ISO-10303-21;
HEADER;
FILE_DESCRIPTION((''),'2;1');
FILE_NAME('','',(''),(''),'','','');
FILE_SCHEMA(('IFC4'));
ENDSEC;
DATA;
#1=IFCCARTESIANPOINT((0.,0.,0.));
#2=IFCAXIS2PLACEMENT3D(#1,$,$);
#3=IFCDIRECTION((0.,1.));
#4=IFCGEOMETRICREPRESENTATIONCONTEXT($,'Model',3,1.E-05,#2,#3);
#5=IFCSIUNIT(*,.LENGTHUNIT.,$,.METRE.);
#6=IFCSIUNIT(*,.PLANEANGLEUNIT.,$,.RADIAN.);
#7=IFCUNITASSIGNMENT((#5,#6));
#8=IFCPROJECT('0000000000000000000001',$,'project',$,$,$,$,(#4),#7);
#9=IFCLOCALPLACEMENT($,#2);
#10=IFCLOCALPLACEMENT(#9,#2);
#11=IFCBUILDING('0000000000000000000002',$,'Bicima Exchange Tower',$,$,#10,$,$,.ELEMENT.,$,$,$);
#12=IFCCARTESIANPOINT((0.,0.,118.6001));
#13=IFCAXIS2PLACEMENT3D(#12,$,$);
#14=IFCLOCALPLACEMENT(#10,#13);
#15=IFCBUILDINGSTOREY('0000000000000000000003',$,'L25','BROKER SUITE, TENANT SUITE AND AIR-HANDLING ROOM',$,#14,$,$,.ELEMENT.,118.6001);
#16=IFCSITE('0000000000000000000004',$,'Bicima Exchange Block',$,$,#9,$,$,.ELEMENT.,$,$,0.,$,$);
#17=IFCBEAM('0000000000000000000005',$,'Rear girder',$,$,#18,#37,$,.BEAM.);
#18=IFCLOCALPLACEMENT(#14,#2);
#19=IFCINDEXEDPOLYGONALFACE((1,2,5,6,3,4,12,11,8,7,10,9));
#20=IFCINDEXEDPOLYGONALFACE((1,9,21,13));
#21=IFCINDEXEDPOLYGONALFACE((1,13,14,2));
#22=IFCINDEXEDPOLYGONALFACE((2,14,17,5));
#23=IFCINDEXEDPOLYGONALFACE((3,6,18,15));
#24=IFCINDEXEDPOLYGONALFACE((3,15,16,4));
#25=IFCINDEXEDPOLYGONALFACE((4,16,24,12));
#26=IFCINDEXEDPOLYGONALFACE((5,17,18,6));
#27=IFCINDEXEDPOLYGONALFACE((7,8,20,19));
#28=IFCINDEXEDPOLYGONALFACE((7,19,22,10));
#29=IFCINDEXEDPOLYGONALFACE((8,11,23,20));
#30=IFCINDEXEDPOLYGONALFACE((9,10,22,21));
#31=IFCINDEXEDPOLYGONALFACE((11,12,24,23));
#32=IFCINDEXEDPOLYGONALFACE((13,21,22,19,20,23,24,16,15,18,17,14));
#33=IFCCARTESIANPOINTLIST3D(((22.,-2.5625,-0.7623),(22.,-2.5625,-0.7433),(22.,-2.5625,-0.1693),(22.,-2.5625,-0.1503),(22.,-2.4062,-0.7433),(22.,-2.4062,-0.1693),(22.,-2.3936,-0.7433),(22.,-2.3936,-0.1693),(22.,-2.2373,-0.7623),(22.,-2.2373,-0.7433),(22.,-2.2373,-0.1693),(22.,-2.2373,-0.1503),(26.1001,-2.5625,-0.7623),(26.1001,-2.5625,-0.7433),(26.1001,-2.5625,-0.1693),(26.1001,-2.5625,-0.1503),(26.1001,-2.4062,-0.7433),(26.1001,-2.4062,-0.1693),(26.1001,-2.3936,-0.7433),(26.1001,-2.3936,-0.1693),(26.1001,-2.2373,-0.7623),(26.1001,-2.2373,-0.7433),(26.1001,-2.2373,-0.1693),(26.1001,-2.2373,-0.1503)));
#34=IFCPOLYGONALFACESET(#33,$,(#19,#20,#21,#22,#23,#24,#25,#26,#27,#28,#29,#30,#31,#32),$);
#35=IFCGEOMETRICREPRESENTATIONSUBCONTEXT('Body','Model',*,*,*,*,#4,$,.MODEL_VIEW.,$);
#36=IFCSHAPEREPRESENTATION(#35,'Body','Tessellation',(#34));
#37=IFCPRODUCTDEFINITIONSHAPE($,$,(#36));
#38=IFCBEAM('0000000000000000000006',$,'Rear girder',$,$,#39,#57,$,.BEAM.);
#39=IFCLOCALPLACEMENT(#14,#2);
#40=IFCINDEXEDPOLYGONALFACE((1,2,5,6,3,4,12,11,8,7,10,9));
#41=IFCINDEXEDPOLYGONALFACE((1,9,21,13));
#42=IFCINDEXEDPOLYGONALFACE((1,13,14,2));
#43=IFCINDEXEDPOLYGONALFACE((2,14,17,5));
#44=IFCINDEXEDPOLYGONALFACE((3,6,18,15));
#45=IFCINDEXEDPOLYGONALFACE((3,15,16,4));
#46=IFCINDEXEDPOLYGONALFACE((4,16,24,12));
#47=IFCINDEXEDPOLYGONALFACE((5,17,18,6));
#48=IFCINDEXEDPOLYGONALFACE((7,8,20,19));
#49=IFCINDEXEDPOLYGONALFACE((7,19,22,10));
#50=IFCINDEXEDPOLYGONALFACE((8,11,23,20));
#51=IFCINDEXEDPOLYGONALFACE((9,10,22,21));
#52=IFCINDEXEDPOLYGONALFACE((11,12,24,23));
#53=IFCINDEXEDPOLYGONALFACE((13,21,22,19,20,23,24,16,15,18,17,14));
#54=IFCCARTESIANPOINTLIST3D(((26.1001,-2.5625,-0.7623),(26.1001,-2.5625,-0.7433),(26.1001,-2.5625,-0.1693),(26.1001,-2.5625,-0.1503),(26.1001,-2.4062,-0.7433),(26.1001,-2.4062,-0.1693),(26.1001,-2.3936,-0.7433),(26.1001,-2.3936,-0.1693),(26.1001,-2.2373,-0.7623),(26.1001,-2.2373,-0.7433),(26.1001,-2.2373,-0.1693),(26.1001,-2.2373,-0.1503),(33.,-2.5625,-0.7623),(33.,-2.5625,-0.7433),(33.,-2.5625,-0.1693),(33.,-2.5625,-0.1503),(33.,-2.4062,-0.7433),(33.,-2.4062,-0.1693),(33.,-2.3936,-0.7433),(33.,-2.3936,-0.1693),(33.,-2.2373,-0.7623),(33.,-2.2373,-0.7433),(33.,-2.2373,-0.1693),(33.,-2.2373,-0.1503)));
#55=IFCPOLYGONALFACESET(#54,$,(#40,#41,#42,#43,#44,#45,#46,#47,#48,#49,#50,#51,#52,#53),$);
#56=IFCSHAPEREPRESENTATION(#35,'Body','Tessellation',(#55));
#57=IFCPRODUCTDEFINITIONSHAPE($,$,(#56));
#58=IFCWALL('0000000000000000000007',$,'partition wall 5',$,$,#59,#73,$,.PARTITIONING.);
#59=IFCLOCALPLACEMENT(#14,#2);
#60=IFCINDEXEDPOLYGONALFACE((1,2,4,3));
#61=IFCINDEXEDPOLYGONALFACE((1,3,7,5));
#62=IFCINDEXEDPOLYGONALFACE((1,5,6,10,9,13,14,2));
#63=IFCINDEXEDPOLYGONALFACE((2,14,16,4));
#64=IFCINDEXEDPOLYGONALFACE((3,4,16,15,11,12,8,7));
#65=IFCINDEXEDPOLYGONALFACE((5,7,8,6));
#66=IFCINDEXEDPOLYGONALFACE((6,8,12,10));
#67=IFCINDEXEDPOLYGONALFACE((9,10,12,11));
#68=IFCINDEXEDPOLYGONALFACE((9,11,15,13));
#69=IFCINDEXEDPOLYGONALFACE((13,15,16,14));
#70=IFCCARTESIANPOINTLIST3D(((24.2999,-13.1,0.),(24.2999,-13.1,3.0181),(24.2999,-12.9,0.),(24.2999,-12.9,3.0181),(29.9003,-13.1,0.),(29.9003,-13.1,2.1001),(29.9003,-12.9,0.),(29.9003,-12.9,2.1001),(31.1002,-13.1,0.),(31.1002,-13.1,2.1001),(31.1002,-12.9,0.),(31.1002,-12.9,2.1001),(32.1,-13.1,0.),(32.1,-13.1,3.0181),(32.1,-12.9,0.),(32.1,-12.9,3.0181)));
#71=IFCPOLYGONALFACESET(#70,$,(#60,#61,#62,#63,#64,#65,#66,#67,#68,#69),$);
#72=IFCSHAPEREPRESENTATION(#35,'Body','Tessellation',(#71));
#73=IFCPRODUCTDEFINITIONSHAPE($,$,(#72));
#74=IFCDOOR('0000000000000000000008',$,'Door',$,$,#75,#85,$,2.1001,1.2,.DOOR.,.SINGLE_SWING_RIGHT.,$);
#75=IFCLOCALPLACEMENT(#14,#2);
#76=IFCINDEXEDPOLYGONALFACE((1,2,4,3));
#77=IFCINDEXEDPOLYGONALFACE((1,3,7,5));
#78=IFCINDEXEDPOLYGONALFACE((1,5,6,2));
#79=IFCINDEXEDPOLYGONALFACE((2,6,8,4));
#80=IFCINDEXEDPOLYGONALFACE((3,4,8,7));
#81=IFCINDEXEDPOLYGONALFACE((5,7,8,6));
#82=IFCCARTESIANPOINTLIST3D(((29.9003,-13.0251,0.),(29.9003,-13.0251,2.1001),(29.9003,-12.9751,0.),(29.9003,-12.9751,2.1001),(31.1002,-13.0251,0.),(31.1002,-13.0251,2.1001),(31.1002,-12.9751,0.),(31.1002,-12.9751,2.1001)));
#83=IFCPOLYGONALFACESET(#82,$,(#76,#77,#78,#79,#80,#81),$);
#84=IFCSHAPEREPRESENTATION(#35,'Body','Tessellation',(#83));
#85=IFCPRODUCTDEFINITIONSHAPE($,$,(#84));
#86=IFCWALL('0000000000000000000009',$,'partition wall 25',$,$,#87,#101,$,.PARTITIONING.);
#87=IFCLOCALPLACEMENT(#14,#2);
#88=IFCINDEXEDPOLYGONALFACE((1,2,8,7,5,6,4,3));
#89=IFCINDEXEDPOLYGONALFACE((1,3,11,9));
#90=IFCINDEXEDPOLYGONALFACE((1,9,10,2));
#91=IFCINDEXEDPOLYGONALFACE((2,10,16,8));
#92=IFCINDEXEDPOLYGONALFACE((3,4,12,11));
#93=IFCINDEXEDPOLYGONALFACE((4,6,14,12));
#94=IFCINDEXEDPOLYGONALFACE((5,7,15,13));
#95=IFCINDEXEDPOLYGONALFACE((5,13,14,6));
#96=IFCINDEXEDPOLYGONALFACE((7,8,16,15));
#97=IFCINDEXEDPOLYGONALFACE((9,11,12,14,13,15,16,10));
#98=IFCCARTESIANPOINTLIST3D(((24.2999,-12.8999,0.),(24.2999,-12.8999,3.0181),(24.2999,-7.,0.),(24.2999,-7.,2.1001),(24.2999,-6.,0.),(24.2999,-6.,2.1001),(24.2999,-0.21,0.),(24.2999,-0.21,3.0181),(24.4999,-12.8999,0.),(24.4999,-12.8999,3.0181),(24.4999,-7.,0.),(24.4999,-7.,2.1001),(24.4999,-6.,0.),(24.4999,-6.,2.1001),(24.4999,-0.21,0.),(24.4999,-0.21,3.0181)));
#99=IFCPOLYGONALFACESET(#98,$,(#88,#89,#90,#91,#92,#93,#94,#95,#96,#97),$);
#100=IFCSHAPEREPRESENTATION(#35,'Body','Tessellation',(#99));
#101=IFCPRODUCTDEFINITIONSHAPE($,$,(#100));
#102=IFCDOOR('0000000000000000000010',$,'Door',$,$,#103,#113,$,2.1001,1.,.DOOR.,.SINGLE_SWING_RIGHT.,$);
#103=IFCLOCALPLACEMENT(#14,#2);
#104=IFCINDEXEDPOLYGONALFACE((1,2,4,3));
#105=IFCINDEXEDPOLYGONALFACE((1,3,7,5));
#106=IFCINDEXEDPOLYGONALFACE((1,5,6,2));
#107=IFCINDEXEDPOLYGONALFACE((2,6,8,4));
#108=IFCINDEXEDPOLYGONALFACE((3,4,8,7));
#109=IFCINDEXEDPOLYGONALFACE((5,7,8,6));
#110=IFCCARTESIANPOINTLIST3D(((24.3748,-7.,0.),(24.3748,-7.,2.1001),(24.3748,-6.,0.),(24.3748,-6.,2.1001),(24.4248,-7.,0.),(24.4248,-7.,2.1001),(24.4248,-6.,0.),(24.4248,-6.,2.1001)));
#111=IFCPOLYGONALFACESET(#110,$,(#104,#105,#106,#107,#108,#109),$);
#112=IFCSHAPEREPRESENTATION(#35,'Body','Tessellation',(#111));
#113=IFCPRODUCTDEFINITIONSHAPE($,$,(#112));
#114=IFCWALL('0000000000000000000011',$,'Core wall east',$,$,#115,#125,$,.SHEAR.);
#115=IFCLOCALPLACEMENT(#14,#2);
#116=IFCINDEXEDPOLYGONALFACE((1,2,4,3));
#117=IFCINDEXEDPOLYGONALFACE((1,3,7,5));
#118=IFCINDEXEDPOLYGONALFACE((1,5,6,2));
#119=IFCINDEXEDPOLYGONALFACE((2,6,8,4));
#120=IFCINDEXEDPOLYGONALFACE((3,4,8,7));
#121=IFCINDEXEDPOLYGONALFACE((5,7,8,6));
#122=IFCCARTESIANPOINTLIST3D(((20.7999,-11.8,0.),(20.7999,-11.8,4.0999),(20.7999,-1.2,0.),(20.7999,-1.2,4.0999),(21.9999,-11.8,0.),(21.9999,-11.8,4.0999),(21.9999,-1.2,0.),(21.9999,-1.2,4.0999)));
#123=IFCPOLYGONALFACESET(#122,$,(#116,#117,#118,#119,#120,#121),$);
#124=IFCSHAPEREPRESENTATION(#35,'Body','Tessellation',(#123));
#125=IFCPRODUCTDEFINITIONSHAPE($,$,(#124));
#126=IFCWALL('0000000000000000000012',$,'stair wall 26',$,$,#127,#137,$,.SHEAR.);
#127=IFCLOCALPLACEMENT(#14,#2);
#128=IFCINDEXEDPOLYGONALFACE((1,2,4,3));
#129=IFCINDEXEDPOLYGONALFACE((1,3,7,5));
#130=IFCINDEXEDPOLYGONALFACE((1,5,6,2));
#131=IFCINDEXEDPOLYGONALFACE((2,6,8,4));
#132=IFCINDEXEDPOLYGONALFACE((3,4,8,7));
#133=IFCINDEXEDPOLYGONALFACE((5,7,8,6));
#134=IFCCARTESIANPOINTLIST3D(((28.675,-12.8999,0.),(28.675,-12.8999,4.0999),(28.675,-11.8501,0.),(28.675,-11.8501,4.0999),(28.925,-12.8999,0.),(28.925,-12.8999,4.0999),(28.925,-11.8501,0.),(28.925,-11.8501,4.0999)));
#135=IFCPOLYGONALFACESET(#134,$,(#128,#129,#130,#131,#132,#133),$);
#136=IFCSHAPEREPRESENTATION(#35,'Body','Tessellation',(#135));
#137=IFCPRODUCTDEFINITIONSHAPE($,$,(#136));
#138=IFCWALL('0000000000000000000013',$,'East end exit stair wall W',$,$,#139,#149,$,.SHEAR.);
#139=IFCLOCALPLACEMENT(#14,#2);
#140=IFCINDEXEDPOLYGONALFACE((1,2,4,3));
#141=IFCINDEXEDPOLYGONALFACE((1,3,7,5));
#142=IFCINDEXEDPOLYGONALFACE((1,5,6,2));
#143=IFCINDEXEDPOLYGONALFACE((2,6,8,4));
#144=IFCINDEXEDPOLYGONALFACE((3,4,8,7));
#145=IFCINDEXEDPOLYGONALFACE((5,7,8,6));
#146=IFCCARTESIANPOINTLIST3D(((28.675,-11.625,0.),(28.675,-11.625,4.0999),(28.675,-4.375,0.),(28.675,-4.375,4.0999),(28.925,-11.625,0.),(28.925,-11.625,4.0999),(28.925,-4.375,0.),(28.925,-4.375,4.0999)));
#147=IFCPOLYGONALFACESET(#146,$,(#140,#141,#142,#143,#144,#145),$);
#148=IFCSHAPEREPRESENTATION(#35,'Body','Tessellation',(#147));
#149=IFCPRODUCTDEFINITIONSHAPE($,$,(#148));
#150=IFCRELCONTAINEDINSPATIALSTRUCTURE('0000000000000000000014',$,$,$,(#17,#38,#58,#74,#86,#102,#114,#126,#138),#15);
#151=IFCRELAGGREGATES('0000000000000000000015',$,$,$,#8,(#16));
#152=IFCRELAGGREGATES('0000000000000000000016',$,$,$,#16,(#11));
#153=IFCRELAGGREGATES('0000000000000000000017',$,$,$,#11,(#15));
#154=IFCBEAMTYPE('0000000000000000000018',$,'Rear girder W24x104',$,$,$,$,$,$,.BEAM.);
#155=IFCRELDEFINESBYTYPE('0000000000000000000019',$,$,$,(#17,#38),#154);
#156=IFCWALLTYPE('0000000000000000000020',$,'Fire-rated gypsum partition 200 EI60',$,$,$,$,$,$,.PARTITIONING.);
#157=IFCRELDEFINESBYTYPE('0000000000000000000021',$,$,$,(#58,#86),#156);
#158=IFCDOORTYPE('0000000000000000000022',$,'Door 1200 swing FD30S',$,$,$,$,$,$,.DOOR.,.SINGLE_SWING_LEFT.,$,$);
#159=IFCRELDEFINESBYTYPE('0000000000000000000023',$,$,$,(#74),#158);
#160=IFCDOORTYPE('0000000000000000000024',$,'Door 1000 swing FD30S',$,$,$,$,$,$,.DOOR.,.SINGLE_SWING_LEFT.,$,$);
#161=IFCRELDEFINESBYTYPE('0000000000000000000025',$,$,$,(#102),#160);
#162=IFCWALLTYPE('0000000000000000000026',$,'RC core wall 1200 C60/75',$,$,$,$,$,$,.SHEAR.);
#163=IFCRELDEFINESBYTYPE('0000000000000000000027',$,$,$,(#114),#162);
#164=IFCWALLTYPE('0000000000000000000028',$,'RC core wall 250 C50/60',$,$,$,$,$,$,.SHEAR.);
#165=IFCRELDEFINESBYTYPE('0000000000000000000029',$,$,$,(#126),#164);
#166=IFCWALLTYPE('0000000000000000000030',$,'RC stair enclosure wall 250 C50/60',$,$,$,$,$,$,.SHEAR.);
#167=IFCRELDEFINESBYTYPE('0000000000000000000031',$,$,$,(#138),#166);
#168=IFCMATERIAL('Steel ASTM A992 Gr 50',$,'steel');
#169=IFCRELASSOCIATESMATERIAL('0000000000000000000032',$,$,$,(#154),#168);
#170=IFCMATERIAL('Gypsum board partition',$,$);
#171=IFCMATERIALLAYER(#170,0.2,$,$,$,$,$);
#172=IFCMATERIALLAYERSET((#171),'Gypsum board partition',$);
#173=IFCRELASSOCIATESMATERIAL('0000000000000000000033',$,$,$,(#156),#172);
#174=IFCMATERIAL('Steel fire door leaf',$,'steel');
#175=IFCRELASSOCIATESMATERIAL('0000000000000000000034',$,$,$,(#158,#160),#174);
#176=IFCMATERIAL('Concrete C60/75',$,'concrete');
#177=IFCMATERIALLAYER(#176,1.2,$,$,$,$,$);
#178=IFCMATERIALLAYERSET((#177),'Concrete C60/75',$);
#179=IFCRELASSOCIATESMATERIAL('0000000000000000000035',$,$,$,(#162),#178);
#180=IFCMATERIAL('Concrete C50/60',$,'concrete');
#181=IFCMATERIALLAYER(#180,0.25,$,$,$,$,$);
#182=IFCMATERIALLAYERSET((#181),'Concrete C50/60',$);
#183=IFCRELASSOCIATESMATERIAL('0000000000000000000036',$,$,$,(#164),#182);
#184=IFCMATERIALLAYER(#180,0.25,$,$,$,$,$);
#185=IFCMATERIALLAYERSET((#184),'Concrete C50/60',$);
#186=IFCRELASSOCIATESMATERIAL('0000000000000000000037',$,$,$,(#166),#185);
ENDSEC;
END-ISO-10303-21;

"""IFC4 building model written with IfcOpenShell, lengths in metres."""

from ifc_helpers import new_model, si_unit, direction, frame, frame_2d, origin, origin_2d, place, context, subcontext, project, spatial, rectangle, i_section, extrude, material, layer, layer_set, material_profile, profile_set, type_object, element, fill, save


model = new_model("IFC4")

# Units and contexts
model_context = context("Model", 3, precision=1e-05, world=origin(), true_north=direction((0.0, 1.0)))
body_context = subcontext(model_context, "Body", "Model", "MODEL_VIEW")
ifc_project = project(units=[si_unit("LENGTHUNIT", "METRE"), si_unit("PLANEANGLEUNIT", "RADIAN")], contexts=[model_context])

# Site, building, storey
site_placement = place(None, origin())
site = spatial("IfcSite", under=ifc_project, at=site_placement, Name="Bicima Exchange Block", CompositionType="ELEMENT", RefElevation=0.0)
building_placement = place(site_placement, origin())
building = spatial("IfcBuilding", under=site, at=building_placement, Name="Bicima Exchange Tower", CompositionType="ELEMENT")
storey_placement = place(building_placement, frame((0.0, 0.0, 118.6001)))
storey = spatial("IfcBuildingStorey", under=building, at=storey_placement, Name="L25", Description="BROKER SUITE, TENANT SUITE AND AIR-HANDLING ROOM", CompositionType="ELEMENT", Elevation=118.6001)

# Shared definitions
ifc_material_1 = material(Name="Steel ASTM A992 Gr 50", Category="steel")

# Beams
ifc_material_profile_1 = material_profile(ifc_material_1, i_section(OverallWidth=0.3252, OverallDepth=0.6121, WebThickness=0.0127, FlangeThickness=0.019, at=origin_2d()))
ifc_profile_set_1 = profile_set([ifc_material_profile_1], Name="Steel ASTM A992 Gr 50")
beam_type_1 = type_object("IfcBeamType", Name="Rear girder W24x104", PredefinedType="BEAM", material=ifc_profile_set_1)
beam_1_placement = place(storey_placement, frame((22.0, -2.3999, -0.4563), z_axis=(1.0, 0.0, 0.0), x_axis=(0.0, 1.0, 0.0)))
element("IfcBeam", 1, at=beam_1_placement, inside=storey, type_object=beam_type_1, Name="Rear girder", PredefinedType="BEAM", context=body_context, shape_type="SweptSolid", body=[
    extrude(i_section(OverallWidth=0.3252, OverallDepth=0.6121, WebThickness=0.0127, FlangeThickness=0.019, at=origin_2d()), origin(), (0.0, 0.0, 1.0), 4.1001),
])
beam_2_placement = place(storey_placement, frame((26.1001, -2.3999, -0.4563), z_axis=(1.0, 0.0, 0.0), x_axis=(0.0, 1.0, 0.0)))
element("IfcBeam", 2, at=beam_2_placement, inside=storey, type_object=beam_type_1, Name="Rear girder", PredefinedType="BEAM", context=body_context, shape_type="SweptSolid", body=[
    extrude(i_section(OverallWidth=0.3252, OverallDepth=0.6121, WebThickness=0.0127, FlangeThickness=0.019, at=origin_2d()), origin(), (0.0, 0.0, 1.0), 6.8999),
])

# Walls, openings, doors
ifc_material_2 = material(Name="Gypsum board partition")
ifc_layer_1 = layer(ifc_material_2, 0.2)
ifc_layer_set_1 = layer_set([ifc_layer_1], Name="Gypsum board partition")
wall_type_1 = type_object("IfcWallType", Name="Fire-rated gypsum partition 200 EI60", PredefinedType="PARTITIONING", material=ifc_layer_set_1)
wall_1_placement = place(storey_placement, frame((24.3, -13.0, 0.0), z_axis=(0.0, 0.0, 1.0), x_axis=(1.0, 0.0, 0.0)))
wall_1 = element("IfcWall", 3, at=wall_1_placement, inside=storey, type_object=wall_type_1, Name="partition wall 5", PredefinedType="PARTITIONING", context=body_context, shape_type="SweptSolid", body=[
    extrude(rectangle(XDim=7.8, YDim=0.2, at=frame_2d((3.8999, 0.0))), origin(), (0.0, 0.0, 1.0), 3.0181),
])
opening_1_placement = place(wall_1_placement, frame((5.6001, 0.0, 0.0)))
opening_1 = element("IfcOpeningElement", 4, at=opening_1_placement, cuts=wall_1, PredefinedType="OPENING", context=body_context, shape_type="SweptSolid", body=[
    extrude(rectangle(XDim=1.2, YDim=2.1001, at=frame_2d((0.6001, 1.05))), frame((0.0, 0.1118, 0.0), z_axis=(0.0, -1.0, 0.0), x_axis=(1.0, 0.0, 0.0)), (0.0, 0.0, 1.0), 0.2239),
])
ifc_material_3 = material(Name="Steel fire door leaf", Category="steel")
door_type_1 = type_object("IfcDoorType", Name="Door 1200 swing FD30S", OperationType="SINGLE_SWING_LEFT", PredefinedType="DOOR", material=ifc_material_3)
door_1_placement = place(opening_1_placement, origin())
door_1 = element("IfcDoor", 5, at=door_1_placement, inside=storey, type_object=door_type_1, Name="Door", OperationType="SINGLE_SWING_RIGHT", OverallHeight=2.1001, OverallWidth=1.2, PredefinedType="DOOR", context=body_context, shape_type="SweptSolid", body=[
    extrude(rectangle(XDim=1.2, YDim=2.1001, at=frame_2d((0.6001, 1.05))), frame((0.0, 0.0249, 0.0), z_axis=(0.0, -1.0, 0.0), x_axis=(1.0, 0.0, 0.0)), (0.0, 0.0, 1.0), 0.05),
])
fill(opening_1, door_1)
wall_2_placement = place(storey_placement, frame((24.3999, -12.8999, 0.0), z_axis=(0.0, 0.0, 1.0), x_axis=(0.0, 1.0, 0.0)))
wall_2 = element("IfcWall", 6, at=wall_2_placement, inside=storey, type_object=wall_type_1, Name="partition wall 25", PredefinedType="PARTITIONING", context=body_context, shape_type="SweptSolid", body=[
    extrude(rectangle(XDim=12.6899, YDim=0.2, at=frame_2d((6.345, 0.0))), origin(), (0.0, 0.0, 1.0), 3.0181),
])
opening_2_placement = place(wall_2_placement, frame((5.8999, 0.0, 0.0)))
opening_2 = element("IfcOpeningElement", 7, at=opening_2_placement, cuts=wall_2, PredefinedType="OPENING", context=body_context, shape_type="SweptSolid", body=[
    extrude(rectangle(XDim=1.0, YDim=2.1001, at=frame_2d((0.5, 1.05))), frame((0.0, 0.1118, 0.0), z_axis=(0.0, -1.0, 0.0), x_axis=(1.0, 0.0, 0.0)), (0.0, 0.0, 1.0), 0.2239),
])
door_type_2 = type_object("IfcDoorType", Name="Door 1000 swing FD30S", OperationType="SINGLE_SWING_LEFT", PredefinedType="DOOR", material=ifc_material_3)
door_2_placement = place(opening_2_placement, frame((1.0, 0.0, 0.0), z_axis=(0.0, 0.0, 1.0), x_axis=(-1.0, 0.0, 0.0)))
door_2 = element("IfcDoor", 8, at=door_2_placement, inside=storey, type_object=door_type_2, Name="Door", OperationType="SINGLE_SWING_RIGHT", OverallHeight=2.1001, OverallWidth=1.0, PredefinedType="DOOR", context=body_context, shape_type="SweptSolid", body=[
    extrude(rectangle(XDim=1.0, YDim=2.1001, at=frame_2d((0.5, 1.05))), frame((0.0, 0.0249, 0.0), z_axis=(0.0, -1.0, 0.0), x_axis=(1.0, 0.0, 0.0)), (0.0, 0.0, 1.0), 0.05),
])
fill(opening_2, door_2)

# Walls
ifc_material_4 = material(Name="Concrete C60/75", Category="concrete")
ifc_layer_2 = layer(ifc_material_4, 1.2)
ifc_layer_set_2 = layer_set([ifc_layer_2], Name="Concrete C60/75")
wall_type_2 = type_object("IfcWallType", Name="RC core wall 1200 C60/75", PredefinedType="SHEAR", material=ifc_layer_set_2)
wall_3_placement = place(storey_placement, frame((21.3999, -11.8, 0.0), z_axis=(0.0, 0.0, 1.0), x_axis=(0.0, 1.0, 0.0)))
element("IfcWall", 9, at=wall_3_placement, inside=storey, type_object=wall_type_2, Name="Core wall east", PredefinedType="SHEAR", context=body_context, shape_type="SweptSolid", body=[
    extrude(rectangle(XDim=10.6001, YDim=1.2, at=frame_2d((5.3, 0.0))), origin(), (0.0, 0.0, 1.0), 4.0999),
])
ifc_material_5 = material(Name="Concrete C50/60", Category="concrete")
ifc_layer_3 = layer(ifc_material_5, 0.25)
ifc_layer_set_3 = layer_set([ifc_layer_3], Name="Concrete C50/60")
wall_type_3 = type_object("IfcWallType", Name="RC core wall 250 C50/60", PredefinedType="SHEAR", material=ifc_layer_set_3)
wall_4_placement = place(storey_placement, frame((28.8, -12.8999, 0.0), z_axis=(0.0, 0.0, 1.0), x_axis=(0.0, 1.0, 0.0)))
element("IfcWall", 10, at=wall_4_placement, inside=storey, type_object=wall_type_3, Name="stair wall 26", PredefinedType="SHEAR", context=body_context, shape_type="SweptSolid", body=[
    extrude(rectangle(XDim=1.0498, YDim=0.25, at=frame_2d((0.5249, 0.0))), origin(), (0.0, 0.0, 1.0), 4.0999),
])
ifc_layer_4 = layer(ifc_material_5, 0.25)
ifc_layer_set_4 = layer_set([ifc_layer_4], Name="Concrete C50/60")
wall_type_4 = type_object("IfcWallType", Name="RC stair enclosure wall 250 C50/60", PredefinedType="SHEAR", material=ifc_layer_set_4)
wall_5_placement = place(storey_placement, frame((28.8, -11.625, 0.0), z_axis=(0.0, 0.0, 1.0), x_axis=(0.0, 1.0, 0.0)))
element("IfcWall", 11, at=wall_5_placement, inside=storey, type_object=wall_type_4, Name="East end exit stair wall W", PredefinedType="SHEAR", context=body_context, shape_type="SweptSolid", body=[
    extrude(rectangle(XDim=7.25, YDim=0.25, at=frame_2d((3.625, 0.0))), origin(), (0.0, 0.0, 1.0), 4.0999),
])

save(model, "model.ifc")
